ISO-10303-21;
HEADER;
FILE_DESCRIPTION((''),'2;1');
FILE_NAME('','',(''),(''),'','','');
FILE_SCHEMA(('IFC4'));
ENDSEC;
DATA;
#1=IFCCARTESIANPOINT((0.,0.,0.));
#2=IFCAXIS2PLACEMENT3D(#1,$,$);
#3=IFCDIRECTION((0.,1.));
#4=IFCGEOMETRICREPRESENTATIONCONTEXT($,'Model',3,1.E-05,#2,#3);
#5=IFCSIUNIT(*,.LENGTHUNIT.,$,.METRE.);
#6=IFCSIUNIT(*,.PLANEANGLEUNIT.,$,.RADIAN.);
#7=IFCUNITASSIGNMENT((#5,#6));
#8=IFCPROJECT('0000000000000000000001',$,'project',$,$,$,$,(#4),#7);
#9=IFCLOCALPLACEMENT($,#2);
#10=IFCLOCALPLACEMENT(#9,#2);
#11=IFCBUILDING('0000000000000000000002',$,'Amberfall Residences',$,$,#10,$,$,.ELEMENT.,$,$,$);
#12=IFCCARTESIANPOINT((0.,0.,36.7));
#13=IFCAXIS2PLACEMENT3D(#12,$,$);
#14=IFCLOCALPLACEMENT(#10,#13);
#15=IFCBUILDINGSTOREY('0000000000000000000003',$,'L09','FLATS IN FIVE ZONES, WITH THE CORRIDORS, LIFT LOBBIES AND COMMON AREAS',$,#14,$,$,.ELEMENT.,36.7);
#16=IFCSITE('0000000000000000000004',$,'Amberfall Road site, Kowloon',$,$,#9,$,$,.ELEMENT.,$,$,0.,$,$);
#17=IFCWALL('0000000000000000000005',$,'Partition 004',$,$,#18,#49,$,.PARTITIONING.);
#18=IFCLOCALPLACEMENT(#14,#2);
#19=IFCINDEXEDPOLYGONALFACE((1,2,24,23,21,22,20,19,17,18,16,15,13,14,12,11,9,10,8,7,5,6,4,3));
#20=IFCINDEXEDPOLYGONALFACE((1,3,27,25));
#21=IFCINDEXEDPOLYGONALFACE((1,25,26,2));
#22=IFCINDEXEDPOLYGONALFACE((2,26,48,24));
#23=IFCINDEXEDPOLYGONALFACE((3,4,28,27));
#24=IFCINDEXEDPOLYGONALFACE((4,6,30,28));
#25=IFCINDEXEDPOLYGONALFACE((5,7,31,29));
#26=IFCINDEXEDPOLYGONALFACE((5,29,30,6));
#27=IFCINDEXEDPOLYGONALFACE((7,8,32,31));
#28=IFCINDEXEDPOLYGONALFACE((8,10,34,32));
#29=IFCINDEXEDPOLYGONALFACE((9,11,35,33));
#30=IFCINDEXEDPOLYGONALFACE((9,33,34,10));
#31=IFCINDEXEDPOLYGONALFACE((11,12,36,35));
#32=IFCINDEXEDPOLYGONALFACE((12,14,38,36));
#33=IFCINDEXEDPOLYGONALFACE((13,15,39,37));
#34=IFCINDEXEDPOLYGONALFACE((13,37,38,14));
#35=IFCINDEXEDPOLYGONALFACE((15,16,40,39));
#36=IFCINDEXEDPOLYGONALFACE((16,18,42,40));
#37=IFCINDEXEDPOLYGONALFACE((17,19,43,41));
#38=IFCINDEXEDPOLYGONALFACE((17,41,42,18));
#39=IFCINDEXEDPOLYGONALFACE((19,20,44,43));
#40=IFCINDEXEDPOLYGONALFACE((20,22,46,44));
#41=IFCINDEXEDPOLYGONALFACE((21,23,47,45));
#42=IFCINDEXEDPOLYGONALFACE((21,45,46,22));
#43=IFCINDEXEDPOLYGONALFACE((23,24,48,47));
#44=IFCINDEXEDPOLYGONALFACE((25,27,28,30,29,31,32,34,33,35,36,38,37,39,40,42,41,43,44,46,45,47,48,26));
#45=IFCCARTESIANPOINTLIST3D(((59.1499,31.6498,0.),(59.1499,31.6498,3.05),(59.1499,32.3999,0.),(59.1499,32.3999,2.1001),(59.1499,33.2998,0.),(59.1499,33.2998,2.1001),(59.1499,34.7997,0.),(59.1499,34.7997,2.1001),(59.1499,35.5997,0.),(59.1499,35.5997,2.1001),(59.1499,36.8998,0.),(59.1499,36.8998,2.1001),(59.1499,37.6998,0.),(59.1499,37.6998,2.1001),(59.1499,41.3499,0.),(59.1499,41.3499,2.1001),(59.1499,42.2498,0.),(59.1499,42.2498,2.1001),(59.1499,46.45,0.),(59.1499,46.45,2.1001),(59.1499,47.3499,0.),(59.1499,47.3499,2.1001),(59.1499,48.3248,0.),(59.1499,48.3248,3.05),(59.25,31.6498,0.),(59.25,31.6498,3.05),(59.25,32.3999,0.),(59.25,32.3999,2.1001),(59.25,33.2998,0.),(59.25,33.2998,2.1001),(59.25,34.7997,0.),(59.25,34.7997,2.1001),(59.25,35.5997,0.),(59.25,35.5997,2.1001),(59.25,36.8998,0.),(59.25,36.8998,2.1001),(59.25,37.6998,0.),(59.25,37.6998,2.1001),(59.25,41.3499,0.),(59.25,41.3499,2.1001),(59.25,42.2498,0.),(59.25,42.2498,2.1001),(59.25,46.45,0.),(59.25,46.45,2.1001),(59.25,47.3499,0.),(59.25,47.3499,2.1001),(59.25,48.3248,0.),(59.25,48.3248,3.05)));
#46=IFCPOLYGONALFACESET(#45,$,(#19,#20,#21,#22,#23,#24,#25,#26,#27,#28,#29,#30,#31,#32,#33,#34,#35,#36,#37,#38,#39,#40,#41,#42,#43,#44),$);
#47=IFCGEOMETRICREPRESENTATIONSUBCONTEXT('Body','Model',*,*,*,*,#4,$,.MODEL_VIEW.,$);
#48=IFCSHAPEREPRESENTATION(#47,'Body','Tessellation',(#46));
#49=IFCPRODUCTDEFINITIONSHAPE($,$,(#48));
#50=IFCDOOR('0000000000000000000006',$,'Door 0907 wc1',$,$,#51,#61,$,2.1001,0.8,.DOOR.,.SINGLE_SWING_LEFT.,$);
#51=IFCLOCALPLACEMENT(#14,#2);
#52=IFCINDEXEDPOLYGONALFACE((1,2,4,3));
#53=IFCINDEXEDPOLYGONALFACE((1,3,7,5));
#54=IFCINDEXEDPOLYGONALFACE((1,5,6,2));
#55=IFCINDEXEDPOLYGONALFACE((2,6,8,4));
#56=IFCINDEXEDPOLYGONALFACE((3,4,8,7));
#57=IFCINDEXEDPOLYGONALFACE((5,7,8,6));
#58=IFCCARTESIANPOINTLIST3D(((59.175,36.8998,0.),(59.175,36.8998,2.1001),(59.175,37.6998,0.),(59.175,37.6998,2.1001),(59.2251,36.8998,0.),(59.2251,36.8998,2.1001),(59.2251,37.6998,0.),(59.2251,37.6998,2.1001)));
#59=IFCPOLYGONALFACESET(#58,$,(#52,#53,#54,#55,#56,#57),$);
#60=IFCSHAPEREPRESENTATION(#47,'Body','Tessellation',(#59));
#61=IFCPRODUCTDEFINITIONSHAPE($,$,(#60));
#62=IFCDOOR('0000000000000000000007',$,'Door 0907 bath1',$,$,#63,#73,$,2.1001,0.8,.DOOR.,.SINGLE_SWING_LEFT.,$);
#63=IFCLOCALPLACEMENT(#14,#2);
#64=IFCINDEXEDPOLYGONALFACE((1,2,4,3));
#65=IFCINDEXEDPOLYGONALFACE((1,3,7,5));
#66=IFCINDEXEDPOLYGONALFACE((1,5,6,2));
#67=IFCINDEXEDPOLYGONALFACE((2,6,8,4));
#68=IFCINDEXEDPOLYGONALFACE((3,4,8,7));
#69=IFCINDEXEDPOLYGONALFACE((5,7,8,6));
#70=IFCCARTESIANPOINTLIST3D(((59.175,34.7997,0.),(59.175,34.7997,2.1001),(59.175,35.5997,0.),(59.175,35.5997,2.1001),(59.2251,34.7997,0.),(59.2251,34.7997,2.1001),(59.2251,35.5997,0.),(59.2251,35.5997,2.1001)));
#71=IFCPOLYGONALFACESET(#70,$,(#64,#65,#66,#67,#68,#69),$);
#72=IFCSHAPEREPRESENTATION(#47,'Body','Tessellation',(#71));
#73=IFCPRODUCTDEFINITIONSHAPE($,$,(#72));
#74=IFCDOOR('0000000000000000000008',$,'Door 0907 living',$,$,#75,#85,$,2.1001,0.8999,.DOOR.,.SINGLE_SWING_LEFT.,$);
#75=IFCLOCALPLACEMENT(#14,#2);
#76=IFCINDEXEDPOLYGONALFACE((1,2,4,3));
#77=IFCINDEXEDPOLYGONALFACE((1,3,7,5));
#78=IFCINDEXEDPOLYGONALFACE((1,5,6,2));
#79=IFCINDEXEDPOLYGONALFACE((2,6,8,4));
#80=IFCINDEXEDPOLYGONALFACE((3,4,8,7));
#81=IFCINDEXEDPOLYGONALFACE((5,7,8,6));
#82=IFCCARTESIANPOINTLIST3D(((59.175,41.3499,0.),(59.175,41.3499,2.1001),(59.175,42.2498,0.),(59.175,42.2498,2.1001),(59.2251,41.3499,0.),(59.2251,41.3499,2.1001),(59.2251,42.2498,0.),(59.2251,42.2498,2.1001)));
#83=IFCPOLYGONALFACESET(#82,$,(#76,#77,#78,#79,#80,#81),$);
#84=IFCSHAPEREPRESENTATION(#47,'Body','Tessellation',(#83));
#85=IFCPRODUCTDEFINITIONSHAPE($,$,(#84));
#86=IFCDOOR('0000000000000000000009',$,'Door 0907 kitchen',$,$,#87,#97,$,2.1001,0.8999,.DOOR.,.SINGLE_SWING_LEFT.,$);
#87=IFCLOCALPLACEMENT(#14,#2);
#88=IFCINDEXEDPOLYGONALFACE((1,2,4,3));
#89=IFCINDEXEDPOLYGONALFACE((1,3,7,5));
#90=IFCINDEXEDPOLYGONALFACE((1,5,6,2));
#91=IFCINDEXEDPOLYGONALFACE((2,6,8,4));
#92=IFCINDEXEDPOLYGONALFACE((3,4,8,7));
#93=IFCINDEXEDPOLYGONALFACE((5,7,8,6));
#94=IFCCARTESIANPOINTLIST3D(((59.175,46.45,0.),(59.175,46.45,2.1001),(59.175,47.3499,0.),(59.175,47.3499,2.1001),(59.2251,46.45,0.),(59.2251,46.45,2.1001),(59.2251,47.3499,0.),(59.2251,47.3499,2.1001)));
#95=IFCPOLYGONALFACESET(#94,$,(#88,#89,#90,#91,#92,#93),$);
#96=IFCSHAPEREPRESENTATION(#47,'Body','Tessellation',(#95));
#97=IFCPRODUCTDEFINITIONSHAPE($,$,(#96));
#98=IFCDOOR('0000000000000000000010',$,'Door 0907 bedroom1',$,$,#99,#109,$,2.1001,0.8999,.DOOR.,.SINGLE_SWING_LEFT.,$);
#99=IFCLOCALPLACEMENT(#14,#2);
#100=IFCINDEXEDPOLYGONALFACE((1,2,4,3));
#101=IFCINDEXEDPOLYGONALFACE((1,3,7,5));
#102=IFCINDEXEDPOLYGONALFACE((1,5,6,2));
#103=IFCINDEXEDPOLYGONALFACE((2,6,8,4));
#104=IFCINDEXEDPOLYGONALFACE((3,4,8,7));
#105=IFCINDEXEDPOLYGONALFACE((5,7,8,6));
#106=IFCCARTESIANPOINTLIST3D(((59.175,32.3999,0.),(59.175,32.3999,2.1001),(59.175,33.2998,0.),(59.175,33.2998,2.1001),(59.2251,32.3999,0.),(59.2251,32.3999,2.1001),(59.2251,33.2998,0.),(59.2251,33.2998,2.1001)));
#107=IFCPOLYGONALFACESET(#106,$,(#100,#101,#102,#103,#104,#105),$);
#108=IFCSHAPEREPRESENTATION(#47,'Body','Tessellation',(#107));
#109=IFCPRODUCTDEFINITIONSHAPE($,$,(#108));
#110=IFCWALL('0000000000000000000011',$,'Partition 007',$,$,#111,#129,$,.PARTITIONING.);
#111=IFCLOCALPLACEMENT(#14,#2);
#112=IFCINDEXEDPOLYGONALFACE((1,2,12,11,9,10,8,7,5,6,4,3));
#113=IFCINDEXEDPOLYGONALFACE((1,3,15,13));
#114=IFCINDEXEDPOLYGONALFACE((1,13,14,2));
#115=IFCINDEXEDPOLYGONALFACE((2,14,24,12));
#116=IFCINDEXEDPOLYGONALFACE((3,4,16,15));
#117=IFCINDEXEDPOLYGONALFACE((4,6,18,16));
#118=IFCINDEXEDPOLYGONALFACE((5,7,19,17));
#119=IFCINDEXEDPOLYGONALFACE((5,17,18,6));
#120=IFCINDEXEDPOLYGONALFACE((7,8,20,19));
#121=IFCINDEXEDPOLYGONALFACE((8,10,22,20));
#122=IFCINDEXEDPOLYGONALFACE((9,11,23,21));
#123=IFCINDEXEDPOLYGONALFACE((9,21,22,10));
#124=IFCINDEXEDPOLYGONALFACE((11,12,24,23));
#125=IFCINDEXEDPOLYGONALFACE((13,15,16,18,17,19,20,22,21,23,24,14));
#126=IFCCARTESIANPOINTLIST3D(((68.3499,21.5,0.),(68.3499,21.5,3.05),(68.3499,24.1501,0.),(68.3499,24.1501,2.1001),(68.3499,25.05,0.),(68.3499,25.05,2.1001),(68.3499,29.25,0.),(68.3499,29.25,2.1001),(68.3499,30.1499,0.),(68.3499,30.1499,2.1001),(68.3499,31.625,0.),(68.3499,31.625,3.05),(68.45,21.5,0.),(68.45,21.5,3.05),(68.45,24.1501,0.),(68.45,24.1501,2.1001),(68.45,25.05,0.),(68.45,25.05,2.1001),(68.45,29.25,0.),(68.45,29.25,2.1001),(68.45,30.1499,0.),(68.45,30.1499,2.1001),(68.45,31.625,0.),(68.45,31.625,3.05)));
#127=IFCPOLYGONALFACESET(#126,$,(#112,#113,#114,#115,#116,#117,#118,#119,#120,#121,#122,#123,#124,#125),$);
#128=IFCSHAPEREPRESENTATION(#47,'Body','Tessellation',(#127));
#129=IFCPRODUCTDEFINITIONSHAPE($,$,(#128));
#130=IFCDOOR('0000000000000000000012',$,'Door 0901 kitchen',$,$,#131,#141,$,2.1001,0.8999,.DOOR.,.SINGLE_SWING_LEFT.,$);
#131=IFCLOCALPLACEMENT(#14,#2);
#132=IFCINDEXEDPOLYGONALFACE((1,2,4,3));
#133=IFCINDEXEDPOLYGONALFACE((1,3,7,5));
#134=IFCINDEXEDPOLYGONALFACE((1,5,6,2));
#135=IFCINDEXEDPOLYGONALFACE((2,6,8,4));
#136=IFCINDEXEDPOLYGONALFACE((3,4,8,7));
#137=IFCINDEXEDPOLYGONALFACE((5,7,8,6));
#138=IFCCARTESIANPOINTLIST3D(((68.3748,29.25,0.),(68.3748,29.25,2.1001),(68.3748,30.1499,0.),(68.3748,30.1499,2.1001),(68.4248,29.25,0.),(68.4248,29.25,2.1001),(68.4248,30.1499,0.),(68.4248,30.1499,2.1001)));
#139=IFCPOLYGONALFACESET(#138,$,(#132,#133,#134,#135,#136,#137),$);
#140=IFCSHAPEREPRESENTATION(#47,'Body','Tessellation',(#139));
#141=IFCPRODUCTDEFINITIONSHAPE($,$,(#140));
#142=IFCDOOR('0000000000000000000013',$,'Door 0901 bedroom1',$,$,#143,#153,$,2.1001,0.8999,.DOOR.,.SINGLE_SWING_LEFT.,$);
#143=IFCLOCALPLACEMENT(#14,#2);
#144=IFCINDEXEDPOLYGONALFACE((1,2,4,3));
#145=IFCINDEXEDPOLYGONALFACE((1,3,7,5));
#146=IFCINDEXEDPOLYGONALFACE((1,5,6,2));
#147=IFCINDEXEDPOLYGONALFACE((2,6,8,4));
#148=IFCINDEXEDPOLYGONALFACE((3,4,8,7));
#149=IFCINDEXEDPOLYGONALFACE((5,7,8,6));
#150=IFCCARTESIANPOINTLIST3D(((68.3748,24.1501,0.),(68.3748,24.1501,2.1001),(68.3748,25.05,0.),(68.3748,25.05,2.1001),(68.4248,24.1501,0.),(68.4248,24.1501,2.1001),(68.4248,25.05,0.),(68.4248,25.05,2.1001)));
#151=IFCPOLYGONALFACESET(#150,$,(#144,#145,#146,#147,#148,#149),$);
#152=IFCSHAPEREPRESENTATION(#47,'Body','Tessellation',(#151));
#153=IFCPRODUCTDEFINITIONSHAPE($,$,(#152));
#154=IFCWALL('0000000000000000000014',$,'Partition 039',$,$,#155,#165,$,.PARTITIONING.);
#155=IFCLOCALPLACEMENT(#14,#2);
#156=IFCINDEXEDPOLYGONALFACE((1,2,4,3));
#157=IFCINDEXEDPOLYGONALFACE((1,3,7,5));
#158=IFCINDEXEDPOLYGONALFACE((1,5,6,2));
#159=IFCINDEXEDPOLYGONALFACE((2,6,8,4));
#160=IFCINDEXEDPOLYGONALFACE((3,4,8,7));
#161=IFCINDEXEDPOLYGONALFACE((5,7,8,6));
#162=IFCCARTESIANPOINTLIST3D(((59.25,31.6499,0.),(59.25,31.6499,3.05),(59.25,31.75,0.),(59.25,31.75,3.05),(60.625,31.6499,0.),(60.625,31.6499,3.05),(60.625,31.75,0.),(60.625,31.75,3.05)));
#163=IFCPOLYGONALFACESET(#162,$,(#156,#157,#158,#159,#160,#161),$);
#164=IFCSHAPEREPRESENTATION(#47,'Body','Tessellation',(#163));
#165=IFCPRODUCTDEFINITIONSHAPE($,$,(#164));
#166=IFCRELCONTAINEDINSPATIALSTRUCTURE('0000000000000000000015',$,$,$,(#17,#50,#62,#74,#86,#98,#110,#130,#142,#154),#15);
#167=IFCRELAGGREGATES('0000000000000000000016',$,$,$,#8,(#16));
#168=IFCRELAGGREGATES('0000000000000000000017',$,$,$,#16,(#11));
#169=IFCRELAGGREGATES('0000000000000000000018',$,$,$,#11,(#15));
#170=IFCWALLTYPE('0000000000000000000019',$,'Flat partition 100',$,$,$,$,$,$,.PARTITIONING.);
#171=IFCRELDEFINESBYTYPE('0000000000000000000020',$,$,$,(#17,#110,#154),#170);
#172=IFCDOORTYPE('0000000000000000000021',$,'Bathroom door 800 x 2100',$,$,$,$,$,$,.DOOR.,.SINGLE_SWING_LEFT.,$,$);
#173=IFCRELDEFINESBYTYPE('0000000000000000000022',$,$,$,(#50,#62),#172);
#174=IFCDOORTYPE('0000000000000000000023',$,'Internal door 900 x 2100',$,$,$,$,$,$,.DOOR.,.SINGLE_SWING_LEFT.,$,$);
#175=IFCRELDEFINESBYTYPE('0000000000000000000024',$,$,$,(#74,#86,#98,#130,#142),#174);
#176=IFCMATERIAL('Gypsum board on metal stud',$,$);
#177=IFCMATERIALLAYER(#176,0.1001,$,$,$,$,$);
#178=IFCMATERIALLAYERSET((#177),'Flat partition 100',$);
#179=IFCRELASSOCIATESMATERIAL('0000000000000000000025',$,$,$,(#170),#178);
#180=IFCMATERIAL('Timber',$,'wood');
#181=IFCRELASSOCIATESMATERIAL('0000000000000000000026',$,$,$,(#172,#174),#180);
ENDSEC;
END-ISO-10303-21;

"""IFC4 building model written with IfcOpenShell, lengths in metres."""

from ifc_helpers import new_model, si_unit, direction, frame, frame_2d, origin, place, context, subcontext, project, spatial, rectangle, extrude, material, layer, layer_set, type_object, element, fill, save


model = new_model("IFC4")

# Units and contexts
model_context = context("Model", 3, precision=1e-05, world=origin(), true_north=direction((0.0, 1.0)))
body_context = subcontext(model_context, "Body", "Model", "MODEL_VIEW")
ifc_project = project(units=[si_unit("LENGTHUNIT", "METRE"), si_unit("PLANEANGLEUNIT", "RADIAN")], contexts=[model_context])

# Site, building, storey
site_placement = place(None, origin())
site = spatial("IfcSite", under=ifc_project, at=site_placement, Name="Amberfall Road site, Kowloon", CompositionType="ELEMENT", RefElevation=0.0)
building_placement = place(site_placement, origin())
building = spatial("IfcBuilding", under=site, at=building_placement, Name="Amberfall Residences", CompositionType="ELEMENT")
storey_placement = place(building_placement, frame((0.0, 0.0, 36.7)))
storey = spatial("IfcBuildingStorey", under=building, at=storey_placement, Name="L09", Description="FLATS IN FIVE ZONES, WITH THE CORRIDORS, LIFT LOBBIES AND COMMON AREAS", CompositionType="ELEMENT", Elevation=36.7)

# Walls, openings, doors
ifc_material_1 = material(Name="Gypsum board on metal stud")
ifc_layer_1 = layer(ifc_material_1, 0.1001)
ifc_layer_set_1 = layer_set([ifc_layer_1], Name="Flat partition 100")
wall_type_1 = type_object("IfcWallType", Name="Flat partition 100", PredefinedType="PARTITIONING", material=ifc_layer_set_1)
wall_1_placement = place(storey_placement, frame((59.2, 31.6499, 0.0), z_axis=(0.0, 0.0, 1.0), x_axis=(0.0, 1.0, 0.0)))
wall_1 = element("IfcWall", 1, at=wall_1_placement, inside=storey, type_object=wall_type_1, Name="Partition 004", PredefinedType="PARTITIONING", context=body_context, shape_type="SweptSolid", body=[
    extrude(rectangle(XDim=16.675, YDim=0.1001, at=frame_2d((8.3374, 0.0))), origin(), (0.0, 0.0, 1.0), 3.05),
])
opening_1_placement = place(wall_1_placement, frame((9.7, 0.0, 0.0)))
opening_1 = element("IfcOpeningElement", 2, at=opening_1_placement, cuts=wall_1, PredefinedType="OPENING", context=body_context, shape_type="SweptSolid", body=[
    extrude(rectangle(XDim=0.8999, YDim=2.1001, at=frame_2d((0.45, 1.05))), frame((0.0, 0.0601, 0.0), z_axis=(0.0, -1.0, 0.0), x_axis=(1.0, 0.0, 0.0)), (0.0, 0.0, 1.0), 0.1201),
])
opening_2_placement = place(wall_1_placement, frame((14.8, 0.0, 0.0)))
opening_2 = element("IfcOpeningElement", 3, at=opening_2_placement, cuts=wall_1, PredefinedType="OPENING", context=body_context, shape_type="SweptSolid", body=[
    extrude(rectangle(XDim=0.8999, YDim=2.1001, at=frame_2d((0.45, 1.05))), frame((0.0, 0.0601, 0.0), z_axis=(0.0, -1.0, 0.0), x_axis=(1.0, 0.0, 0.0)), (0.0, 0.0, 1.0), 0.1201),
])
opening_3_placement = place(wall_1_placement, frame((5.25, 0.0, 0.0)))
opening_3 = element("IfcOpeningElement", 4, at=opening_3_placement, cuts=wall_1, PredefinedType="OPENING", context=body_context, shape_type="SweptSolid", body=[
    extrude(rectangle(XDim=0.8, YDim=2.1001, at=frame_2d((0.3999, 1.05))), frame((0.0, 0.0601, 0.0), z_axis=(0.0, -1.0, 0.0), x_axis=(1.0, 0.0, 0.0)), (0.0, 0.0, 1.0), 0.1201),
])
opening_4_placement = place(wall_1_placement, frame((0.75, 0.0, 0.0)))
opening_4 = element("IfcOpeningElement", 5, at=opening_4_placement, cuts=wall_1, PredefinedType="OPENING", context=body_context, shape_type="SweptSolid", body=[
    extrude(rectangle(XDim=0.8999, YDim=2.1001, at=frame_2d((0.45, 1.05))), frame((0.0, 0.0601, 0.0), z_axis=(0.0, -1.0, 0.0), x_axis=(1.0, 0.0, 0.0)), (0.0, 0.0, 1.0), 0.1201),
])
opening_5_placement = place(wall_1_placement, frame((3.1499, 0.0, 0.0)))
opening_5 = element("IfcOpeningElement", 6, at=opening_5_placement, cuts=wall_1, PredefinedType="OPENING", context=body_context, shape_type="SweptSolid", body=[
    extrude(rectangle(XDim=0.8, YDim=2.1001, at=frame_2d((0.3999, 1.05))), frame((0.0, 0.0601, 0.0), z_axis=(0.0, -1.0, 0.0), x_axis=(1.0, 0.0, 0.0)), (0.0, 0.0, 1.0), 0.1201),
])
ifc_material_2 = material(Name="Timber", Category="wood")
door_type_1 = type_object("IfcDoorType", Name="Bathroom door 800 x 2100", OperationType="SINGLE_SWING_LEFT", PredefinedType="DOOR", material=ifc_material_2)
door_1_placement = place(opening_3_placement, origin())
door_1 = element("IfcDoor", 7, at=door_1_placement, inside=storey, type_object=door_type_1, Name="Door 0907 wc1", OperationType="SINGLE_SWING_LEFT", OverallHeight=2.1001, OverallWidth=0.8, PredefinedType="DOOR", context=body_context, shape_type="SweptSolid", body=[
    extrude(rectangle(XDim=0.8, YDim=2.1001, at=frame_2d((0.3999, 1.05))), frame((0.0, 0.0249, 0.0), z_axis=(0.0, -1.0, 0.0), x_axis=(1.0, 0.0, 0.0)), (0.0, 0.0, 1.0), 0.05),
])
fill(opening_3, door_1)
door_2_placement = place(opening_5_placement, origin())
door_2 = element("IfcDoor", 8, at=door_2_placement, inside=storey, type_object=door_type_1, Name="Door 0907 bath1", OperationType="SINGLE_SWING_LEFT", OverallHeight=2.1001, OverallWidth=0.8, PredefinedType="DOOR", context=body_context, shape_type="SweptSolid", body=[
    extrude(rectangle(XDim=0.8, YDim=2.1001, at=frame_2d((0.3999, 1.05))), frame((0.0, 0.0249, 0.0), z_axis=(0.0, -1.0, 0.0), x_axis=(1.0, 0.0, 0.0)), (0.0, 0.0, 1.0), 0.05),
])
fill(opening_5, door_2)
door_type_2 = type_object("IfcDoorType", Name="Internal door 900 x 2100", OperationType="SINGLE_SWING_LEFT", PredefinedType="DOOR", material=ifc_material_2)
door_3_placement = place(opening_1_placement, origin())
door_3 = element("IfcDoor", 9, at=door_3_placement, inside=storey, type_object=door_type_2, Name="Door 0907 living", OperationType="SINGLE_SWING_LEFT", OverallHeight=2.1001, OverallWidth=0.8999, PredefinedType="DOOR", context=body_context, shape_type="SweptSolid", body=[
    extrude(rectangle(XDim=0.8999, YDim=2.1001, at=frame_2d((0.45, 1.05))), frame((0.0, 0.0249, 0.0), z_axis=(0.0, -1.0, 0.0), x_axis=(1.0, 0.0, 0.0)), (0.0, 0.0, 1.0), 0.05),
])
fill(opening_1, door_3)
door_4_placement = place(opening_2_placement, origin())
door_4 = element("IfcDoor", 10, at=door_4_placement, inside=storey, type_object=door_type_2, Name="Door 0907 kitchen", OperationType="SINGLE_SWING_LEFT", OverallHeight=2.1001, OverallWidth=0.8999, PredefinedType="DOOR", context=body_context, shape_type="SweptSolid", body=[
    extrude(rectangle(XDim=0.8999, YDim=2.1001, at=frame_2d((0.45, 1.05))), frame((0.0, 0.0249, 0.0), z_axis=(0.0, -1.0, 0.0), x_axis=(1.0, 0.0, 0.0)), (0.0, 0.0, 1.0), 0.05),
])
fill(opening_2, door_4)
door_5_placement = place(opening_4_placement, origin())
door_5 = element("IfcDoor", 11, at=door_5_placement, inside=storey, type_object=door_type_2, Name="Door 0907 bedroom1", OperationType="SINGLE_SWING_LEFT", OverallHeight=2.1001, OverallWidth=0.8999, PredefinedType="DOOR", context=body_context, shape_type="SweptSolid", body=[
    extrude(rectangle(XDim=0.8999, YDim=2.1001, at=frame_2d((0.45, 1.05))), frame((0.0, 0.0249, 0.0), z_axis=(0.0, -1.0, 0.0), x_axis=(1.0, 0.0, 0.0)), (0.0, 0.0, 1.0), 0.05),
])
fill(opening_4, door_5)
wall_2_placement = place(storey_placement, frame((68.3999, 31.625, 0.0), z_axis=(0.0, 0.0, 1.0), x_axis=(0.0, -1.0, 0.0)))
wall_2 = element("IfcWall", 12, at=wall_2_placement, inside=storey, type_object=wall_type_1, Name="Partition 007", PredefinedType="PARTITIONING", context=body_context, shape_type="SweptSolid", body=[
    extrude(rectangle(XDim=10.125, YDim=0.1001, at=frame_2d((5.0625, 0.0))), origin(), (0.0, 0.0, 1.0), 3.05),
])
opening_6_placement = place(wall_2_placement, frame((1.4751, 0.0, 0.0)))
opening_6 = element("IfcOpeningElement", 13, at=opening_6_placement, cuts=wall_2, PredefinedType="OPENING", context=body_context, shape_type="SweptSolid", body=[
    extrude(rectangle(XDim=0.8999, YDim=2.1001, at=frame_2d((0.45, 1.05))), frame((0.0, 0.0601, 0.0), z_axis=(0.0, -1.0, 0.0), x_axis=(1.0, 0.0, 0.0)), (0.0, 0.0, 1.0), 0.1201),
])
opening_7_placement = place(wall_2_placement, frame((6.575, 0.0, 0.0)))
opening_7 = element("IfcOpeningElement", 14, at=opening_7_placement, cuts=wall_2, PredefinedType="OPENING", context=body_context, shape_type="SweptSolid", body=[
    extrude(rectangle(XDim=0.8999, YDim=2.1001, at=frame_2d((0.45, 1.05))), frame((0.0, 0.0601, 0.0), z_axis=(0.0, -1.0, 0.0), x_axis=(1.0, 0.0, 0.0)), (0.0, 0.0, 1.0), 0.1201),
])
door_6_placement = place(opening_6_placement, origin())
door_6 = element("IfcDoor", 15, at=door_6_placement, inside=storey, type_object=door_type_2, Name="Door 0901 kitchen", OperationType="SINGLE_SWING_LEFT", OverallHeight=2.1001, OverallWidth=0.8999, PredefinedType="DOOR", context=body_context, shape_type="SweptSolid", body=[
    extrude(rectangle(XDim=0.8999, YDim=2.1001, at=frame_2d((0.45, 1.05))), frame((0.0, 0.0249, 0.0), z_axis=(0.0, -1.0, 0.0), x_axis=(1.0, 0.0, 0.0)), (0.0, 0.0, 1.0), 0.05),
])
fill(opening_6, door_6)
door_7_placement = place(opening_7_placement, origin())
door_7 = element("IfcDoor", 16, at=door_7_placement, inside=storey, type_object=door_type_2, Name="Door 0901 bedroom1", OperationType="SINGLE_SWING_LEFT", OverallHeight=2.1001, OverallWidth=0.8999, PredefinedType="DOOR", context=body_context, shape_type="SweptSolid", body=[
    extrude(rectangle(XDim=0.8999, YDim=2.1001, at=frame_2d((0.45, 1.05))), frame((0.0, 0.0249, 0.0), z_axis=(0.0, -1.0, 0.0), x_axis=(1.0, 0.0, 0.0)), (0.0, 0.0, 1.0), 0.05),
])
fill(opening_7, door_7)

# Wall
wall_3_placement = place(storey_placement, frame((59.25, 31.7, 0.0), z_axis=(0.0, 0.0, 1.0), x_axis=(1.0, 0.0, 0.0)))
element("IfcWall", 17, at=wall_3_placement, inside=storey, type_object=wall_type_1, Name="Partition 039", PredefinedType="PARTITIONING", context=body_context, shape_type="SweptSolid", body=[
    extrude(rectangle(XDim=1.375, YDim=0.1001, at=frame_2d((0.6875, 0.0))), origin(), (0.0, 0.0, 1.0), 3.05),
])

save(model, "model.ifc")
